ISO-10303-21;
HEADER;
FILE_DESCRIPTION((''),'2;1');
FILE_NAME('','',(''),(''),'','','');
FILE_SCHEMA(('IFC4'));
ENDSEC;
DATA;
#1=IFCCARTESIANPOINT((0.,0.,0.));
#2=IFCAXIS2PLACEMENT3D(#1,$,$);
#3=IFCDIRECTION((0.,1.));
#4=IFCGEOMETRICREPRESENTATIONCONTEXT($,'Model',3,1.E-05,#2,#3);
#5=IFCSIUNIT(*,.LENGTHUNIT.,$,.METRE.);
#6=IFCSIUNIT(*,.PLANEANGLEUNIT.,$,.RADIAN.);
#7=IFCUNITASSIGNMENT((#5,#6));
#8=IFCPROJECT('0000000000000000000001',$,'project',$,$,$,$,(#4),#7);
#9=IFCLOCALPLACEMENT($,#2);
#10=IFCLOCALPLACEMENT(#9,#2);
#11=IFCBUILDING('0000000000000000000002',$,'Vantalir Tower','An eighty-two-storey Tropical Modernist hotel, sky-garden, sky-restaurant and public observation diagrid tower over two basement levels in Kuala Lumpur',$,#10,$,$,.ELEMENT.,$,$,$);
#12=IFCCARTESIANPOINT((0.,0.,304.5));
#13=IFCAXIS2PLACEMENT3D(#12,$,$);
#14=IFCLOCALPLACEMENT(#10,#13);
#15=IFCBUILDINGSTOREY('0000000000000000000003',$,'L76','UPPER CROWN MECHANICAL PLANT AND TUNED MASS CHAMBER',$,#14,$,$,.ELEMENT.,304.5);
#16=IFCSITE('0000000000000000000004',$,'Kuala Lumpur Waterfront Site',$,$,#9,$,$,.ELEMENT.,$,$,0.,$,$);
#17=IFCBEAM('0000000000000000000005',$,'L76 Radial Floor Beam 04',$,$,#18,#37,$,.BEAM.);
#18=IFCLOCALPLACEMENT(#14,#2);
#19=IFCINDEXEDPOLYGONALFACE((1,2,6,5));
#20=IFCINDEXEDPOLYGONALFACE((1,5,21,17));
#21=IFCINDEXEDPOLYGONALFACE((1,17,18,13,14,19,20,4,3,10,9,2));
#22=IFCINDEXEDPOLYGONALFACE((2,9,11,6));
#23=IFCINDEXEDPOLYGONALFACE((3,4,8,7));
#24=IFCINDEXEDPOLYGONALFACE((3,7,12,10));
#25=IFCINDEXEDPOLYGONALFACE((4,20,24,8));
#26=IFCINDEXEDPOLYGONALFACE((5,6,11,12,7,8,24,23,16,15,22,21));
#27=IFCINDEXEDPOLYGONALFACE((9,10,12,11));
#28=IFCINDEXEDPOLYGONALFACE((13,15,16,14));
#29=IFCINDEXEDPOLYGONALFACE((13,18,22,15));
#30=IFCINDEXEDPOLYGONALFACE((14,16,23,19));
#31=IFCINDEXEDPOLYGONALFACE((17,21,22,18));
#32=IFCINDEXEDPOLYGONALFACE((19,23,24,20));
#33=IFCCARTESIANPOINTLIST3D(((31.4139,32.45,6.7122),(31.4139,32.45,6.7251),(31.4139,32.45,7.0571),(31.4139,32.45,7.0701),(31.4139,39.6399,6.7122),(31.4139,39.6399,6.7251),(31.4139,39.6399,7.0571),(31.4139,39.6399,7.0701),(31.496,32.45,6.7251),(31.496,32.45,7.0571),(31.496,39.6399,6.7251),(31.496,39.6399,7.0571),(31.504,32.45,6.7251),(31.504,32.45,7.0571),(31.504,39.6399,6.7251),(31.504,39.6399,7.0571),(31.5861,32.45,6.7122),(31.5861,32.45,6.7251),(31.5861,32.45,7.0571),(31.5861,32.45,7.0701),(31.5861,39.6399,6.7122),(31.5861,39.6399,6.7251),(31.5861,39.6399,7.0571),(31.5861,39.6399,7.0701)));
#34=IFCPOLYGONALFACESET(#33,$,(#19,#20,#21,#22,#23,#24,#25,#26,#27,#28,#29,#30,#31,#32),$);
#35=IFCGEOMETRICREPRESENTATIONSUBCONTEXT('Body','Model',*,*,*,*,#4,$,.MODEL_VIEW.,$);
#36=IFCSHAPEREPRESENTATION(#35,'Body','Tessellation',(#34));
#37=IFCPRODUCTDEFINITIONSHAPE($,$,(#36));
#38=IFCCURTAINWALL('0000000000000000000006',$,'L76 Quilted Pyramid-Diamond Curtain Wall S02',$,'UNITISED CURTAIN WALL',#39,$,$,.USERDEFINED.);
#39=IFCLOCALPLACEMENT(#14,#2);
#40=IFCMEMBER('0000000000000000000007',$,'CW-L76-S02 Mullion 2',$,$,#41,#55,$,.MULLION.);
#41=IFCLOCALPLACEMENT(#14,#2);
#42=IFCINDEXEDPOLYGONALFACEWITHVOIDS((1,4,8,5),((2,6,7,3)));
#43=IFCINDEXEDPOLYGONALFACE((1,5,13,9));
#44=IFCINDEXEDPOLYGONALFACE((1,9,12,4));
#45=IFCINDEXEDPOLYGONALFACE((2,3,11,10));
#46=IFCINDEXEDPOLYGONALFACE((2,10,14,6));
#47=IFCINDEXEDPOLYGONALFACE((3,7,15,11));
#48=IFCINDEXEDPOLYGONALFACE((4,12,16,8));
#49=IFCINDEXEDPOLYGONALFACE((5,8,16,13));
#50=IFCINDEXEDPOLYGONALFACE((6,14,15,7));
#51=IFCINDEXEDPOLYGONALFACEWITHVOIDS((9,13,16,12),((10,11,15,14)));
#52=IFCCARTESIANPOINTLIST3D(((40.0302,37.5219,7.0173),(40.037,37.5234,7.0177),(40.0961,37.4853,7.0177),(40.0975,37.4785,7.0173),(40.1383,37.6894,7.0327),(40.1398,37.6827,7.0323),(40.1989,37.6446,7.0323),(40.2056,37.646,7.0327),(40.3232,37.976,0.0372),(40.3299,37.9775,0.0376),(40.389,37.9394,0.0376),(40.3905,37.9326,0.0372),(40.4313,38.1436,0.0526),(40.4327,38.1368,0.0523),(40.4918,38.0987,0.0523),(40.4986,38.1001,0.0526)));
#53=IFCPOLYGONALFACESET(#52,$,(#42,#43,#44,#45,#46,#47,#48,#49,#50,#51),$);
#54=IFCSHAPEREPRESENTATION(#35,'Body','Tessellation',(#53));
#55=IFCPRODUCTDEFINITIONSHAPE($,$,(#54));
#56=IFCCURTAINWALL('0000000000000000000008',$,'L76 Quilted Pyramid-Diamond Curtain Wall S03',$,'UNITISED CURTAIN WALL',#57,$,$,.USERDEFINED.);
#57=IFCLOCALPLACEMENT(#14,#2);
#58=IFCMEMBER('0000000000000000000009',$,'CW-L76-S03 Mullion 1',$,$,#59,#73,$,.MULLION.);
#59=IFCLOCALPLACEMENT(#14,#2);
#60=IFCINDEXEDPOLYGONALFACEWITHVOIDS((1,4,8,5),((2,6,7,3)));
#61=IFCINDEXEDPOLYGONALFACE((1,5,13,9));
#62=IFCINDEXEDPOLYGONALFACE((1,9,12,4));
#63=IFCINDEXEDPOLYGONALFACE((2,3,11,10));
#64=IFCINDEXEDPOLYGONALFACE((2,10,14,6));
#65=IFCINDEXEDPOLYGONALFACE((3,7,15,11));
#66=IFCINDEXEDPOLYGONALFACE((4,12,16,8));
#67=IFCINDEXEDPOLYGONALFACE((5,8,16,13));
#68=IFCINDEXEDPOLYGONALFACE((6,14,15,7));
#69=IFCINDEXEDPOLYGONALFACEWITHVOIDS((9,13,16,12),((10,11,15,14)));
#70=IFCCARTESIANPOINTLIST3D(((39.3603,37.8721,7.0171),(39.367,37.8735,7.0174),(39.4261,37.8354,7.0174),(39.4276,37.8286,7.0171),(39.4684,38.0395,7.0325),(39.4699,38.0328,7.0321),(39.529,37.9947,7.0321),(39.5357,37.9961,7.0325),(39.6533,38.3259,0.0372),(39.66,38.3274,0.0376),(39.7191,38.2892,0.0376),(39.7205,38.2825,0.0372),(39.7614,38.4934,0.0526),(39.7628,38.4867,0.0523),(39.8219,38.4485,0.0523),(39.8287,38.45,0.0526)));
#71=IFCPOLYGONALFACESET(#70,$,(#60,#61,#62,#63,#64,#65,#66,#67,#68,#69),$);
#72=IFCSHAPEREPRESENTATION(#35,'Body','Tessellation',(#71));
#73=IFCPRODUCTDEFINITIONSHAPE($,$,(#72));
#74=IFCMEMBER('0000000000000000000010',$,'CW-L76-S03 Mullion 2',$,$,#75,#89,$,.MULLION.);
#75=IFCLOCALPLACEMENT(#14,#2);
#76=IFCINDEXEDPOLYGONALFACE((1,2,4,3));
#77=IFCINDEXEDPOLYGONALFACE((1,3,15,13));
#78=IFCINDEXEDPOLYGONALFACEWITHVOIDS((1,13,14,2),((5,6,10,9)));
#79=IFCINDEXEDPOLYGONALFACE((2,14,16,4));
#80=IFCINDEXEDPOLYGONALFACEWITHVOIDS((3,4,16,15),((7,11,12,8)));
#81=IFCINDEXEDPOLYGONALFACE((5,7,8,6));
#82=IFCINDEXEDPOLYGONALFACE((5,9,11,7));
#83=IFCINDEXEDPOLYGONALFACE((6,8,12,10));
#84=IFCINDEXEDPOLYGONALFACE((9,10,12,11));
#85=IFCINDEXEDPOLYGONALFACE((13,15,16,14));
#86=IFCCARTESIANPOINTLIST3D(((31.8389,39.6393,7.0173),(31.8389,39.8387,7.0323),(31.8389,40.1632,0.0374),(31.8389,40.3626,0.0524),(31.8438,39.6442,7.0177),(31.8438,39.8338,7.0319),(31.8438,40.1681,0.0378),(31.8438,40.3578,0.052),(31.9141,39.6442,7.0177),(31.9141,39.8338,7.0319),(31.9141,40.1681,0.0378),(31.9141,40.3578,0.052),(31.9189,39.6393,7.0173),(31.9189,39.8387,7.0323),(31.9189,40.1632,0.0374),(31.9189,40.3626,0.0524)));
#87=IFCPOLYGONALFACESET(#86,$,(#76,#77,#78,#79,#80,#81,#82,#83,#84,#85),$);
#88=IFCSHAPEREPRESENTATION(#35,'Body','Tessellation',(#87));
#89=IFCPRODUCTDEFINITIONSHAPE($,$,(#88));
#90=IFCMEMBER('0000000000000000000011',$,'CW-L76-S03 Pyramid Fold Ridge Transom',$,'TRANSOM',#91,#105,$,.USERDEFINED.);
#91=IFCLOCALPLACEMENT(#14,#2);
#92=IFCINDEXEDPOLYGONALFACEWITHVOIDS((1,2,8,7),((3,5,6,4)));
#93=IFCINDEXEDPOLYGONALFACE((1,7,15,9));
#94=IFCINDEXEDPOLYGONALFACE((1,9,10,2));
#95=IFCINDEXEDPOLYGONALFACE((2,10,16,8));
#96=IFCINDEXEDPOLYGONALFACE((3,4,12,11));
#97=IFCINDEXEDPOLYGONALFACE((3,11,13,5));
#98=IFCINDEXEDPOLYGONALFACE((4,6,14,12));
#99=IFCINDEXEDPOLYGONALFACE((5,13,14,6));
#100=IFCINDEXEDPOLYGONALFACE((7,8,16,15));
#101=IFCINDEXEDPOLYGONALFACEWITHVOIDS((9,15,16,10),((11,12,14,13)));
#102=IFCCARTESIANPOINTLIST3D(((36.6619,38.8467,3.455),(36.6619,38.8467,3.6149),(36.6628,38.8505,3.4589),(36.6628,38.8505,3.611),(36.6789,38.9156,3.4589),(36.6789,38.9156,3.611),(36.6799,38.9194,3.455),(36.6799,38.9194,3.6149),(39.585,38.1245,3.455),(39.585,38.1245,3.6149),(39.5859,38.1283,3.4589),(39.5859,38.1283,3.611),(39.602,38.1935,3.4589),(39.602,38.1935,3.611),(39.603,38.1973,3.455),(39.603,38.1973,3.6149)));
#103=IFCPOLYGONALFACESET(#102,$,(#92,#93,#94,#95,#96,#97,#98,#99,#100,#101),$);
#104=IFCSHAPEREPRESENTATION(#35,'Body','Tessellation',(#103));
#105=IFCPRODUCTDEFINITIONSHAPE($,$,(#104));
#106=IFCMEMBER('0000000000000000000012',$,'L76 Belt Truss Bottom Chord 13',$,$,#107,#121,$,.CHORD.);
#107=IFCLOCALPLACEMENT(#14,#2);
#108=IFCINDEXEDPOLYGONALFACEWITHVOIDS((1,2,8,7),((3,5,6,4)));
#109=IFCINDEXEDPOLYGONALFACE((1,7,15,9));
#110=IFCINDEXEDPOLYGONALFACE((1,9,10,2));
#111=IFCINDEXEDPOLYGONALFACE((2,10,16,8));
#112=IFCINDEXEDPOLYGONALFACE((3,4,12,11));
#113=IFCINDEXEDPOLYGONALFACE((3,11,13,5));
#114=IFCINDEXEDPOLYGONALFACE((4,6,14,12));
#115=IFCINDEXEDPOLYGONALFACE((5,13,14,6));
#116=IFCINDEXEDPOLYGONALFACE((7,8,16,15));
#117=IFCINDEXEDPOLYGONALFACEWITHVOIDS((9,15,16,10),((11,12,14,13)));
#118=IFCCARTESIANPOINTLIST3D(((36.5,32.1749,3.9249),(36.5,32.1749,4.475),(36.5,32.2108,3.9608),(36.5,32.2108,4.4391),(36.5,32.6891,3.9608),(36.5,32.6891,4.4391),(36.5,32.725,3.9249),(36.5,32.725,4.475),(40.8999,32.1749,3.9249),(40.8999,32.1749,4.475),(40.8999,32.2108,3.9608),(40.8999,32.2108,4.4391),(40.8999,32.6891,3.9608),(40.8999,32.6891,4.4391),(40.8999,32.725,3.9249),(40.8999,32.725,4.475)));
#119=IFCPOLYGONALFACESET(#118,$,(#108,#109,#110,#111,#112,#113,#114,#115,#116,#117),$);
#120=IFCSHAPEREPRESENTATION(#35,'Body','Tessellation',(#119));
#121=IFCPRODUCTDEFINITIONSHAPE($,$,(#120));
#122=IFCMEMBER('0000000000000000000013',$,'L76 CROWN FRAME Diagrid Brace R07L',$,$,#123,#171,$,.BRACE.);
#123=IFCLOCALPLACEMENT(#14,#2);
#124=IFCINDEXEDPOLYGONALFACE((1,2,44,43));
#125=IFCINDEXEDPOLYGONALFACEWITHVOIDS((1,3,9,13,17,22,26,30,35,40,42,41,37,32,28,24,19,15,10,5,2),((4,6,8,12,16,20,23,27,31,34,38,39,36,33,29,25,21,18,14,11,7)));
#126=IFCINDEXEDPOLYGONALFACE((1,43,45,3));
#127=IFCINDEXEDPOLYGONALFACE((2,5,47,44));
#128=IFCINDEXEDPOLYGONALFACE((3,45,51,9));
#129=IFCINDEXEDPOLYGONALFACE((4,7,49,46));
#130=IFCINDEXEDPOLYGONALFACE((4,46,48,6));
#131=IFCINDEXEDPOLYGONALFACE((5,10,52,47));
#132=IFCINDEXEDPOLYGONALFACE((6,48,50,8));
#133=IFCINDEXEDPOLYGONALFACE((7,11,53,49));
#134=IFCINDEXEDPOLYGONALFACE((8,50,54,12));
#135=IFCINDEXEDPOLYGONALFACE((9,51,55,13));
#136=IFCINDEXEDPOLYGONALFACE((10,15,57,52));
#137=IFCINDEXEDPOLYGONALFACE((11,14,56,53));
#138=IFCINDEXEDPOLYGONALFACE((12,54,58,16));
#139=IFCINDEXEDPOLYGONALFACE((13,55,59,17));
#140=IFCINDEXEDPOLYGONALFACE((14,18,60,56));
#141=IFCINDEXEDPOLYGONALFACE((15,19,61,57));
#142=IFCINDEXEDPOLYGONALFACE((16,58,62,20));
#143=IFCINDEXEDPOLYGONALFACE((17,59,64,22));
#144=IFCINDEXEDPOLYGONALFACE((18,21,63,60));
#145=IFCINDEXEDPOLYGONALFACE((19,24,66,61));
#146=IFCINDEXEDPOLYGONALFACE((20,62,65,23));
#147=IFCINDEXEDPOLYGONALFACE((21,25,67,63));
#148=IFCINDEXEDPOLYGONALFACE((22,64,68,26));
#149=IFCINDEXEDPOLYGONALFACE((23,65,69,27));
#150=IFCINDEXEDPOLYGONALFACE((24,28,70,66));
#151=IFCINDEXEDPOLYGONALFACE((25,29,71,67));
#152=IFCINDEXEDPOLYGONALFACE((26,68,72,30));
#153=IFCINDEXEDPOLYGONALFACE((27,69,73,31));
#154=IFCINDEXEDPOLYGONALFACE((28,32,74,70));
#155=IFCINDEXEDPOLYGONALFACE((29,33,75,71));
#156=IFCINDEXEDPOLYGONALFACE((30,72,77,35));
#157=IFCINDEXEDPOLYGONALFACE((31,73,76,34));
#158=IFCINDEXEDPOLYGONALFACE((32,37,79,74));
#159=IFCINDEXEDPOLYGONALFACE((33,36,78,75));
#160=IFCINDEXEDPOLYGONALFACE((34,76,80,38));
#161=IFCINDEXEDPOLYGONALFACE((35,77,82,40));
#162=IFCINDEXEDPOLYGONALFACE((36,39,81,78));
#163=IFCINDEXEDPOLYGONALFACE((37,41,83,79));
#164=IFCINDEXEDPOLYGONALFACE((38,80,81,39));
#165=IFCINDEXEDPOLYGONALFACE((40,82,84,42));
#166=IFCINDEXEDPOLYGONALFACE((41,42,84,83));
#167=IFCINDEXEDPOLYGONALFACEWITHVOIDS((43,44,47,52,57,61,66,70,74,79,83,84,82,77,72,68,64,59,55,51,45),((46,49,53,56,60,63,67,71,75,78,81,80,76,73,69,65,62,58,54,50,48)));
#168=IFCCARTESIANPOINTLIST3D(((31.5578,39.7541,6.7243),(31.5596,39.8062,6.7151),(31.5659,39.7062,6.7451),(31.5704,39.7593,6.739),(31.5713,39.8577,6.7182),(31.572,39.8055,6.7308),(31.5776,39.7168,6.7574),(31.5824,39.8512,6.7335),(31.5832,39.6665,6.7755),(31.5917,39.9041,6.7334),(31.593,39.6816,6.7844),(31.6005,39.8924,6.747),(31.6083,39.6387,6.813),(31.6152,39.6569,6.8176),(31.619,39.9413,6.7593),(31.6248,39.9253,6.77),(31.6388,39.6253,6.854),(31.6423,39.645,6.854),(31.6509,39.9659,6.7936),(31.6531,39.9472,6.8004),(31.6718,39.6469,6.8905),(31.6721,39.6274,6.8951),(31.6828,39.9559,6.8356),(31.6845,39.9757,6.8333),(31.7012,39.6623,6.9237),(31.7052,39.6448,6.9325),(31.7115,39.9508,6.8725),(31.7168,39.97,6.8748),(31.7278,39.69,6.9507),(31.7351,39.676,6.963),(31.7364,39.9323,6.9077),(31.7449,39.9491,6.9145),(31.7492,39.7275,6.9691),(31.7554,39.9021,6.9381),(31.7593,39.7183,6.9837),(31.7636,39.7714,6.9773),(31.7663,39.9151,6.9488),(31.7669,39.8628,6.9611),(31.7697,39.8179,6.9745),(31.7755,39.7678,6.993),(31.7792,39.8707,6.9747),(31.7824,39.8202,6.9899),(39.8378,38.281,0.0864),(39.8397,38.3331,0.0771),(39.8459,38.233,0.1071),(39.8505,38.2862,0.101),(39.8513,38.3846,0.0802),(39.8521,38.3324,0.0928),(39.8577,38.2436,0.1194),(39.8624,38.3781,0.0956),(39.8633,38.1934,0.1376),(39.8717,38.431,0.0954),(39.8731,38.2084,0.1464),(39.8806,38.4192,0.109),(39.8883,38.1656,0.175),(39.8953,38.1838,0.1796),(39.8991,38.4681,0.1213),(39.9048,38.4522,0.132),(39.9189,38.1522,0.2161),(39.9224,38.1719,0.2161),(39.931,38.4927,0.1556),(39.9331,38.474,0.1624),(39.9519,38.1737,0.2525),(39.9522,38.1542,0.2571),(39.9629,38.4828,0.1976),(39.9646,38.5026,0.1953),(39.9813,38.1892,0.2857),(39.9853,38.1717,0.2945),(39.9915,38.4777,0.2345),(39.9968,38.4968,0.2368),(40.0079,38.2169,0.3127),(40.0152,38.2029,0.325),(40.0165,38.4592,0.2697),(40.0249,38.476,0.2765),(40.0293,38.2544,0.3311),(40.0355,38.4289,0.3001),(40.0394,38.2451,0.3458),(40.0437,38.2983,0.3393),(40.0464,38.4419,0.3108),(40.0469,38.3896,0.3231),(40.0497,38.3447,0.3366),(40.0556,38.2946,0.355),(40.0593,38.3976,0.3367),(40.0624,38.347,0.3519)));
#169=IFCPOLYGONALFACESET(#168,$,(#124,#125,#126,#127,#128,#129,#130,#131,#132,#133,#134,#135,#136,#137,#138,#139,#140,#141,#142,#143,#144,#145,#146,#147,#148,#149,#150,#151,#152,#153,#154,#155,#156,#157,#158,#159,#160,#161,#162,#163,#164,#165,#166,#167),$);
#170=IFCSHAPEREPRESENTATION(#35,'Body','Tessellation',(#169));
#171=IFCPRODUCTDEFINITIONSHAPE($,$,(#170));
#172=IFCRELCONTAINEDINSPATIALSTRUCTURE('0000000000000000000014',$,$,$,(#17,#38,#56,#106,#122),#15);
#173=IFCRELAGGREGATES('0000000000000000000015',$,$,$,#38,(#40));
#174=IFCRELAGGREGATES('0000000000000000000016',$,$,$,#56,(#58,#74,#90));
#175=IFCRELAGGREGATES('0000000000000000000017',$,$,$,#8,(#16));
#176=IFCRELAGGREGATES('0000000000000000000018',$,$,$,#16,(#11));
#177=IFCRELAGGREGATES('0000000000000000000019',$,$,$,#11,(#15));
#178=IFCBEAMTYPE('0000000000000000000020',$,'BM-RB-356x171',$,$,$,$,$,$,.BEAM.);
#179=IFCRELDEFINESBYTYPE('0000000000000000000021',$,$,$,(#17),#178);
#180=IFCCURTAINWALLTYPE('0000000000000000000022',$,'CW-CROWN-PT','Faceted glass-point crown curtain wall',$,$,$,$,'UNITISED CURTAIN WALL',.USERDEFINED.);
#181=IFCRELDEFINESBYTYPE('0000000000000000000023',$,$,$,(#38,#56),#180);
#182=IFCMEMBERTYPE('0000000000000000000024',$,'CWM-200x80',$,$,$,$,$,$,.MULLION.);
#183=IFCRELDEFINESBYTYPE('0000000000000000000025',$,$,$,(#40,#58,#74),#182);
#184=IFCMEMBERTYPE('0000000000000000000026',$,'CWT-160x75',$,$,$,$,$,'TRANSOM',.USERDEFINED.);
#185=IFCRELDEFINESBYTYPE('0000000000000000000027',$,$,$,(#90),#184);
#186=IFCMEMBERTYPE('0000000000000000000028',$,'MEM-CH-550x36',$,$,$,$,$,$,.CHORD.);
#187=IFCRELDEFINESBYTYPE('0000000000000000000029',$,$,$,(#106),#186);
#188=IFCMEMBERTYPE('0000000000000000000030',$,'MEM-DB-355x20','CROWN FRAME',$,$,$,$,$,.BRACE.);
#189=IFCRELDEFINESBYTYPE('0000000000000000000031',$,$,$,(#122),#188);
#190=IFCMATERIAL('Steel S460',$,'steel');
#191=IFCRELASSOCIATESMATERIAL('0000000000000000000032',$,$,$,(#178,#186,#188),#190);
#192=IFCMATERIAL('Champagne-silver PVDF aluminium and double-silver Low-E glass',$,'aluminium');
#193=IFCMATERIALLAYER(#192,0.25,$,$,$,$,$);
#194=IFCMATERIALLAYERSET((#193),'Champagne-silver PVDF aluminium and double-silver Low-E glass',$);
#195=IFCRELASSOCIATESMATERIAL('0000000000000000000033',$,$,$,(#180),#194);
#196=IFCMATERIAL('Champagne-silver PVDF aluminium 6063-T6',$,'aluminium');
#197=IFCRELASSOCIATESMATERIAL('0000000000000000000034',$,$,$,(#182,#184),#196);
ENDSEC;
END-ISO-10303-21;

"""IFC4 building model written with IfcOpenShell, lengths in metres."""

from ifc_helpers import new_model, si_unit, direction, frame, origin, origin_2d, place, context, subcontext, project, spatial, hollow_rectangle, hollow_circle, i_section, extrude, material, layer, layer_set, material_profile, profile_set, type_object, element, aggregate, save


model = new_model("IFC4")

# Units and contexts
model_context = context("Model", 3, precision=1e-05, world=origin(), true_north=direction((0.0, 1.0)))
body_context = subcontext(model_context, "Body", "Model", "MODEL_VIEW")
ifc_project = project(units=[si_unit("LENGTHUNIT", "METRE"), si_unit("PLANEANGLEUNIT", "RADIAN")], contexts=[model_context])

# Site, building, storey
site_placement = place(None, origin())
site = spatial("IfcSite", under=ifc_project, at=site_placement, Name="Kuala Lumpur Waterfront Site", CompositionType="ELEMENT", RefElevation=0.0)
building_placement = place(site_placement, origin())
building = spatial("IfcBuilding", under=site, at=building_placement, Name="Vantalir Tower", Description="An eighty-two-storey Tropical Modernist hotel, sky-garden, sky-restaurant and public observation diagrid tower over two basement levels in Kuala Lumpur", CompositionType="ELEMENT")
storey_placement = place(building_placement, frame((0.0, 0.0, 304.5)))
storey = spatial("IfcBuildingStorey", under=building, at=storey_placement, Name="L76", Description="UPPER CROWN MECHANICAL PLANT AND TUNED MASS CHAMBER", CompositionType="ELEMENT", Elevation=304.5)

# Shared definitions
ifc_material_1 = material(Name="Steel S460", Category="steel")

# Beam
ifc_material_profile_1 = material_profile(ifc_material_1, i_section(OverallWidth=0.1721, OverallDepth=0.3579, WebThickness=0.0081, FlangeThickness=0.0129, at=origin_2d()), Name="Steel S460")
ifc_profile_set_1 = profile_set([ifc_material_profile_1], Name="Steel S460")
beam_type = type_object("IfcBeamType", Name="BM-RB-356x171", PredefinedType="BEAM", material=ifc_profile_set_1)
beam_1_placement = place(storey_placement, frame((31.5, 39.6399, 6.8911), z_axis=(0.0, -1.0, 0.0), x_axis=(1.0, 0.0, 0.0)))
element("IfcBeam", 1, at=beam_1_placement, inside=storey, type_object=beam_type, Name="L76 Radial Floor Beam 04", PredefinedType="BEAM", context=body_context, shape_type="SweptSolid", body=[
    extrude(i_section(OverallWidth=0.1721, OverallDepth=0.3579, WebThickness=0.0081, FlangeThickness=0.0129, at=origin_2d()), origin(), (0.0, 0.0, 1.0), 7.1899),
])

# Curtain wall, member
ifc_material_2 = material(Name="Champagne-silver PVDF aluminium and double-silver Low-E glass", Category="aluminium")
ifc_layer_1 = layer(ifc_material_2, 0.25)
ifc_layer_set_1 = layer_set([ifc_layer_1], Name="Champagne-silver PVDF aluminium and double-silver Low-E glass")
curtain_wall_type = type_object("IfcCurtainWallType", Name="CW-CROWN-PT", Description="Faceted glass-point crown curtain wall", ElementType="UNITISED CURTAIN WALL", PredefinedType="USERDEFINED", material=ifc_layer_set_1)
curtain_wall_1_placement = place(storey_placement, origin())
curtain_wall_1 = element("IfcCurtainWall", 2, at=curtain_wall_1_placement, inside=storey, type_object=curtain_wall_type, Name="L76 Quilted Pyramid-Diamond Curtain Wall S02", ObjectType="UNITISED CURTAIN WALL", PredefinedType="USERDEFINED")
ifc_material_3 = material(Name="Champagne-silver PVDF aluminium 6063-T6", Category="aluminium")
ifc_material_profile_2 = material_profile(ifc_material_3, hollow_rectangle(XDim=0.0801, YDim=0.2, WallThickness=0.0049, at=origin_2d()), Name="Champagne-silver PVDF aluminium 6063-T6")
ifc_profile_set_2 = profile_set([ifc_material_profile_2], Name="Champagne-silver PVDF aluminium 6063-T6")
member_type_1 = type_object("IfcMemberType", Name="CWM-200x80", PredefinedType="MULLION", material=ifc_profile_set_2)
member_1_placement = place(storey_placement, frame((40.4109, 38.0381, 0.0449), z_axis=(-0.041847, -0.064864, 0.997016), x_axis=(0.840297, -0.542127, 0.0)))
member_1 = element("IfcMember", 3, at=member_1_placement, type_object=member_type_1, Name="CW-L76-S02 Mullion 2", PredefinedType="MULLION", context=body_context, shape_type="SweptSolid", body=[
    extrude(hollow_rectangle(XDim=0.0801, YDim=0.2, WallThickness=0.0049, at=origin_2d()), origin(), (0.0, 0.0, 1.0), 7.001),
])

# Curtain wall, members
curtain_wall_2_placement = place(storey_placement, origin())
curtain_wall_2 = element("IfcCurtainWall", 4, at=curtain_wall_2_placement, inside=storey, type_object=curtain_wall_type, Name="L76 Quilted Pyramid-Diamond Curtain Wall S03", ObjectType="UNITISED CURTAIN WALL", PredefinedType="USERDEFINED")
member_2_placement = place(storey_placement, frame((39.741, 38.3879, 0.0449), z_axis=(-0.041848, -0.064829, 0.997019), x_axis=(0.840164, -0.542333, 0.0)))
member_2 = element("IfcMember", 5, at=member_2_placement, type_object=member_type_1, Name="CW-L76-S03 Mullion 1", PredefinedType="MULLION", context=body_context, shape_type="SweptSolid", body=[
    extrude(hollow_rectangle(XDim=0.0801, YDim=0.2, WallThickness=0.0049, at=origin_2d()), origin(), (0.0, 0.0, 1.0), 7.0007),
])
member_3_placement = place(storey_placement, frame((31.8789, 40.2629, 0.0449), z_axis=(0.0, -0.074851, 0.997195), x_axis=(1.0, 0.0, 0.0)))
member_3 = element("IfcMember", 6, at=member_3_placement, type_object=member_type_1, Name="CW-L76-S03 Mullion 2", PredefinedType="MULLION", context=body_context, shape_type="SweptSolid", body=[
    extrude(hollow_rectangle(XDim=0.0801, YDim=0.2, WallThickness=0.0049, at=origin_2d()), origin(), (0.0, 0.0, 1.0), 6.9995),
])
ifc_material_profile_3 = material_profile(ifc_material_3, hollow_rectangle(XDim=0.075, YDim=0.1599, WallThickness=0.0039, at=origin_2d()), Name="Champagne-silver PVDF aluminium 6063-T6")
ifc_profile_set_3 = profile_set([ifc_material_profile_3], Name="Champagne-silver PVDF aluminium 6063-T6")
member_type_2 = type_object("IfcMemberType", Name="CWT-160x75", ElementType="TRANSOM", PredefinedType="USERDEFINED", material=ifc_profile_set_3)
member_4_placement = place(storey_placement, frame((39.594, 38.1609, 3.5349), z_axis=(-0.970811, 0.239845, 0.0), x_axis=(-0.239845, -0.970811, 0.0)))
member_4 = element("IfcMember", 7, at=member_4_placement, type_object=member_type_2, Name="CW-L76-S03 Pyramid Fold Ridge Transom", ObjectType="TRANSOM", PredefinedType="USERDEFINED", context=body_context, shape_type="SweptSolid", body=[
    extrude(hollow_rectangle(XDim=0.075, YDim=0.1599, WallThickness=0.0039, at=origin_2d()), origin(), (0.0, 0.0, 1.0), 3.011),
])

# Members
ifc_material_profile_4 = material_profile(ifc_material_1, hollow_rectangle(XDim=0.55, YDim=0.55, WallThickness=0.0359, at=origin_2d()), Name="Steel S460")
ifc_profile_set_4 = profile_set([ifc_material_profile_4], Name="Steel S460")
member_type_3 = type_object("IfcMemberType", Name="MEM-CH-550x36", PredefinedType="CHORD", material=ifc_profile_set_4)
member_5_placement = place(storey_placement, frame((36.5, 32.45, 4.2), z_axis=(1.0, 0.0, 0.0), x_axis=(0.0, 1.0, 0.0)))
element("IfcMember", 8, at=member_5_placement, inside=storey, type_object=member_type_3, Name="L76 Belt Truss Bottom Chord 13", PredefinedType="CHORD", context=body_context, shape_type="SweptSolid", body=[
    extrude(hollow_rectangle(XDim=0.55, YDim=0.55, WallThickness=0.0359, at=origin_2d()), origin(), (0.0, 0.0, 1.0), 4.3999),
])
ifc_material_profile_5 = material_profile(ifc_material_1, hollow_circle(Radius=0.1775, WallThickness=0.02, at=origin_2d()), Name="Steel S460")
ifc_profile_set_5 = profile_set([ifc_material_profile_5], Name="Steel S460")
member_type_4 = type_object("IfcMemberType", Name="MEM-DB-355x20", Description="CROWN FRAME", PredefinedType="BRACE", material=ifc_profile_set_5)
member_6_placement = place(storey_placement, frame((39.95, 38.3269, 0.2161), z_axis=(-0.772818, 0.137496, 0.619554), x_axis=(-0.175165, -0.984539, 0.0)))
element("IfcMember", 9, at=member_6_placement, inside=storey, type_object=member_type_4, Name="L76 CROWN FRAME Diagrid Brace R07L", PredefinedType="BRACE", context=body_context, shape_type="SweptSolid", body=[
    extrude(hollow_circle(Radius=0.1775, WallThickness=0.02, at=origin_2d()), origin(), (0.0, 0.0, 1.0), 10.7141),
])

aggregate(curtain_wall_1, [member_1])
aggregate(curtain_wall_2, [member_2, member_3, member_4])

save(model, "model.ifc")
